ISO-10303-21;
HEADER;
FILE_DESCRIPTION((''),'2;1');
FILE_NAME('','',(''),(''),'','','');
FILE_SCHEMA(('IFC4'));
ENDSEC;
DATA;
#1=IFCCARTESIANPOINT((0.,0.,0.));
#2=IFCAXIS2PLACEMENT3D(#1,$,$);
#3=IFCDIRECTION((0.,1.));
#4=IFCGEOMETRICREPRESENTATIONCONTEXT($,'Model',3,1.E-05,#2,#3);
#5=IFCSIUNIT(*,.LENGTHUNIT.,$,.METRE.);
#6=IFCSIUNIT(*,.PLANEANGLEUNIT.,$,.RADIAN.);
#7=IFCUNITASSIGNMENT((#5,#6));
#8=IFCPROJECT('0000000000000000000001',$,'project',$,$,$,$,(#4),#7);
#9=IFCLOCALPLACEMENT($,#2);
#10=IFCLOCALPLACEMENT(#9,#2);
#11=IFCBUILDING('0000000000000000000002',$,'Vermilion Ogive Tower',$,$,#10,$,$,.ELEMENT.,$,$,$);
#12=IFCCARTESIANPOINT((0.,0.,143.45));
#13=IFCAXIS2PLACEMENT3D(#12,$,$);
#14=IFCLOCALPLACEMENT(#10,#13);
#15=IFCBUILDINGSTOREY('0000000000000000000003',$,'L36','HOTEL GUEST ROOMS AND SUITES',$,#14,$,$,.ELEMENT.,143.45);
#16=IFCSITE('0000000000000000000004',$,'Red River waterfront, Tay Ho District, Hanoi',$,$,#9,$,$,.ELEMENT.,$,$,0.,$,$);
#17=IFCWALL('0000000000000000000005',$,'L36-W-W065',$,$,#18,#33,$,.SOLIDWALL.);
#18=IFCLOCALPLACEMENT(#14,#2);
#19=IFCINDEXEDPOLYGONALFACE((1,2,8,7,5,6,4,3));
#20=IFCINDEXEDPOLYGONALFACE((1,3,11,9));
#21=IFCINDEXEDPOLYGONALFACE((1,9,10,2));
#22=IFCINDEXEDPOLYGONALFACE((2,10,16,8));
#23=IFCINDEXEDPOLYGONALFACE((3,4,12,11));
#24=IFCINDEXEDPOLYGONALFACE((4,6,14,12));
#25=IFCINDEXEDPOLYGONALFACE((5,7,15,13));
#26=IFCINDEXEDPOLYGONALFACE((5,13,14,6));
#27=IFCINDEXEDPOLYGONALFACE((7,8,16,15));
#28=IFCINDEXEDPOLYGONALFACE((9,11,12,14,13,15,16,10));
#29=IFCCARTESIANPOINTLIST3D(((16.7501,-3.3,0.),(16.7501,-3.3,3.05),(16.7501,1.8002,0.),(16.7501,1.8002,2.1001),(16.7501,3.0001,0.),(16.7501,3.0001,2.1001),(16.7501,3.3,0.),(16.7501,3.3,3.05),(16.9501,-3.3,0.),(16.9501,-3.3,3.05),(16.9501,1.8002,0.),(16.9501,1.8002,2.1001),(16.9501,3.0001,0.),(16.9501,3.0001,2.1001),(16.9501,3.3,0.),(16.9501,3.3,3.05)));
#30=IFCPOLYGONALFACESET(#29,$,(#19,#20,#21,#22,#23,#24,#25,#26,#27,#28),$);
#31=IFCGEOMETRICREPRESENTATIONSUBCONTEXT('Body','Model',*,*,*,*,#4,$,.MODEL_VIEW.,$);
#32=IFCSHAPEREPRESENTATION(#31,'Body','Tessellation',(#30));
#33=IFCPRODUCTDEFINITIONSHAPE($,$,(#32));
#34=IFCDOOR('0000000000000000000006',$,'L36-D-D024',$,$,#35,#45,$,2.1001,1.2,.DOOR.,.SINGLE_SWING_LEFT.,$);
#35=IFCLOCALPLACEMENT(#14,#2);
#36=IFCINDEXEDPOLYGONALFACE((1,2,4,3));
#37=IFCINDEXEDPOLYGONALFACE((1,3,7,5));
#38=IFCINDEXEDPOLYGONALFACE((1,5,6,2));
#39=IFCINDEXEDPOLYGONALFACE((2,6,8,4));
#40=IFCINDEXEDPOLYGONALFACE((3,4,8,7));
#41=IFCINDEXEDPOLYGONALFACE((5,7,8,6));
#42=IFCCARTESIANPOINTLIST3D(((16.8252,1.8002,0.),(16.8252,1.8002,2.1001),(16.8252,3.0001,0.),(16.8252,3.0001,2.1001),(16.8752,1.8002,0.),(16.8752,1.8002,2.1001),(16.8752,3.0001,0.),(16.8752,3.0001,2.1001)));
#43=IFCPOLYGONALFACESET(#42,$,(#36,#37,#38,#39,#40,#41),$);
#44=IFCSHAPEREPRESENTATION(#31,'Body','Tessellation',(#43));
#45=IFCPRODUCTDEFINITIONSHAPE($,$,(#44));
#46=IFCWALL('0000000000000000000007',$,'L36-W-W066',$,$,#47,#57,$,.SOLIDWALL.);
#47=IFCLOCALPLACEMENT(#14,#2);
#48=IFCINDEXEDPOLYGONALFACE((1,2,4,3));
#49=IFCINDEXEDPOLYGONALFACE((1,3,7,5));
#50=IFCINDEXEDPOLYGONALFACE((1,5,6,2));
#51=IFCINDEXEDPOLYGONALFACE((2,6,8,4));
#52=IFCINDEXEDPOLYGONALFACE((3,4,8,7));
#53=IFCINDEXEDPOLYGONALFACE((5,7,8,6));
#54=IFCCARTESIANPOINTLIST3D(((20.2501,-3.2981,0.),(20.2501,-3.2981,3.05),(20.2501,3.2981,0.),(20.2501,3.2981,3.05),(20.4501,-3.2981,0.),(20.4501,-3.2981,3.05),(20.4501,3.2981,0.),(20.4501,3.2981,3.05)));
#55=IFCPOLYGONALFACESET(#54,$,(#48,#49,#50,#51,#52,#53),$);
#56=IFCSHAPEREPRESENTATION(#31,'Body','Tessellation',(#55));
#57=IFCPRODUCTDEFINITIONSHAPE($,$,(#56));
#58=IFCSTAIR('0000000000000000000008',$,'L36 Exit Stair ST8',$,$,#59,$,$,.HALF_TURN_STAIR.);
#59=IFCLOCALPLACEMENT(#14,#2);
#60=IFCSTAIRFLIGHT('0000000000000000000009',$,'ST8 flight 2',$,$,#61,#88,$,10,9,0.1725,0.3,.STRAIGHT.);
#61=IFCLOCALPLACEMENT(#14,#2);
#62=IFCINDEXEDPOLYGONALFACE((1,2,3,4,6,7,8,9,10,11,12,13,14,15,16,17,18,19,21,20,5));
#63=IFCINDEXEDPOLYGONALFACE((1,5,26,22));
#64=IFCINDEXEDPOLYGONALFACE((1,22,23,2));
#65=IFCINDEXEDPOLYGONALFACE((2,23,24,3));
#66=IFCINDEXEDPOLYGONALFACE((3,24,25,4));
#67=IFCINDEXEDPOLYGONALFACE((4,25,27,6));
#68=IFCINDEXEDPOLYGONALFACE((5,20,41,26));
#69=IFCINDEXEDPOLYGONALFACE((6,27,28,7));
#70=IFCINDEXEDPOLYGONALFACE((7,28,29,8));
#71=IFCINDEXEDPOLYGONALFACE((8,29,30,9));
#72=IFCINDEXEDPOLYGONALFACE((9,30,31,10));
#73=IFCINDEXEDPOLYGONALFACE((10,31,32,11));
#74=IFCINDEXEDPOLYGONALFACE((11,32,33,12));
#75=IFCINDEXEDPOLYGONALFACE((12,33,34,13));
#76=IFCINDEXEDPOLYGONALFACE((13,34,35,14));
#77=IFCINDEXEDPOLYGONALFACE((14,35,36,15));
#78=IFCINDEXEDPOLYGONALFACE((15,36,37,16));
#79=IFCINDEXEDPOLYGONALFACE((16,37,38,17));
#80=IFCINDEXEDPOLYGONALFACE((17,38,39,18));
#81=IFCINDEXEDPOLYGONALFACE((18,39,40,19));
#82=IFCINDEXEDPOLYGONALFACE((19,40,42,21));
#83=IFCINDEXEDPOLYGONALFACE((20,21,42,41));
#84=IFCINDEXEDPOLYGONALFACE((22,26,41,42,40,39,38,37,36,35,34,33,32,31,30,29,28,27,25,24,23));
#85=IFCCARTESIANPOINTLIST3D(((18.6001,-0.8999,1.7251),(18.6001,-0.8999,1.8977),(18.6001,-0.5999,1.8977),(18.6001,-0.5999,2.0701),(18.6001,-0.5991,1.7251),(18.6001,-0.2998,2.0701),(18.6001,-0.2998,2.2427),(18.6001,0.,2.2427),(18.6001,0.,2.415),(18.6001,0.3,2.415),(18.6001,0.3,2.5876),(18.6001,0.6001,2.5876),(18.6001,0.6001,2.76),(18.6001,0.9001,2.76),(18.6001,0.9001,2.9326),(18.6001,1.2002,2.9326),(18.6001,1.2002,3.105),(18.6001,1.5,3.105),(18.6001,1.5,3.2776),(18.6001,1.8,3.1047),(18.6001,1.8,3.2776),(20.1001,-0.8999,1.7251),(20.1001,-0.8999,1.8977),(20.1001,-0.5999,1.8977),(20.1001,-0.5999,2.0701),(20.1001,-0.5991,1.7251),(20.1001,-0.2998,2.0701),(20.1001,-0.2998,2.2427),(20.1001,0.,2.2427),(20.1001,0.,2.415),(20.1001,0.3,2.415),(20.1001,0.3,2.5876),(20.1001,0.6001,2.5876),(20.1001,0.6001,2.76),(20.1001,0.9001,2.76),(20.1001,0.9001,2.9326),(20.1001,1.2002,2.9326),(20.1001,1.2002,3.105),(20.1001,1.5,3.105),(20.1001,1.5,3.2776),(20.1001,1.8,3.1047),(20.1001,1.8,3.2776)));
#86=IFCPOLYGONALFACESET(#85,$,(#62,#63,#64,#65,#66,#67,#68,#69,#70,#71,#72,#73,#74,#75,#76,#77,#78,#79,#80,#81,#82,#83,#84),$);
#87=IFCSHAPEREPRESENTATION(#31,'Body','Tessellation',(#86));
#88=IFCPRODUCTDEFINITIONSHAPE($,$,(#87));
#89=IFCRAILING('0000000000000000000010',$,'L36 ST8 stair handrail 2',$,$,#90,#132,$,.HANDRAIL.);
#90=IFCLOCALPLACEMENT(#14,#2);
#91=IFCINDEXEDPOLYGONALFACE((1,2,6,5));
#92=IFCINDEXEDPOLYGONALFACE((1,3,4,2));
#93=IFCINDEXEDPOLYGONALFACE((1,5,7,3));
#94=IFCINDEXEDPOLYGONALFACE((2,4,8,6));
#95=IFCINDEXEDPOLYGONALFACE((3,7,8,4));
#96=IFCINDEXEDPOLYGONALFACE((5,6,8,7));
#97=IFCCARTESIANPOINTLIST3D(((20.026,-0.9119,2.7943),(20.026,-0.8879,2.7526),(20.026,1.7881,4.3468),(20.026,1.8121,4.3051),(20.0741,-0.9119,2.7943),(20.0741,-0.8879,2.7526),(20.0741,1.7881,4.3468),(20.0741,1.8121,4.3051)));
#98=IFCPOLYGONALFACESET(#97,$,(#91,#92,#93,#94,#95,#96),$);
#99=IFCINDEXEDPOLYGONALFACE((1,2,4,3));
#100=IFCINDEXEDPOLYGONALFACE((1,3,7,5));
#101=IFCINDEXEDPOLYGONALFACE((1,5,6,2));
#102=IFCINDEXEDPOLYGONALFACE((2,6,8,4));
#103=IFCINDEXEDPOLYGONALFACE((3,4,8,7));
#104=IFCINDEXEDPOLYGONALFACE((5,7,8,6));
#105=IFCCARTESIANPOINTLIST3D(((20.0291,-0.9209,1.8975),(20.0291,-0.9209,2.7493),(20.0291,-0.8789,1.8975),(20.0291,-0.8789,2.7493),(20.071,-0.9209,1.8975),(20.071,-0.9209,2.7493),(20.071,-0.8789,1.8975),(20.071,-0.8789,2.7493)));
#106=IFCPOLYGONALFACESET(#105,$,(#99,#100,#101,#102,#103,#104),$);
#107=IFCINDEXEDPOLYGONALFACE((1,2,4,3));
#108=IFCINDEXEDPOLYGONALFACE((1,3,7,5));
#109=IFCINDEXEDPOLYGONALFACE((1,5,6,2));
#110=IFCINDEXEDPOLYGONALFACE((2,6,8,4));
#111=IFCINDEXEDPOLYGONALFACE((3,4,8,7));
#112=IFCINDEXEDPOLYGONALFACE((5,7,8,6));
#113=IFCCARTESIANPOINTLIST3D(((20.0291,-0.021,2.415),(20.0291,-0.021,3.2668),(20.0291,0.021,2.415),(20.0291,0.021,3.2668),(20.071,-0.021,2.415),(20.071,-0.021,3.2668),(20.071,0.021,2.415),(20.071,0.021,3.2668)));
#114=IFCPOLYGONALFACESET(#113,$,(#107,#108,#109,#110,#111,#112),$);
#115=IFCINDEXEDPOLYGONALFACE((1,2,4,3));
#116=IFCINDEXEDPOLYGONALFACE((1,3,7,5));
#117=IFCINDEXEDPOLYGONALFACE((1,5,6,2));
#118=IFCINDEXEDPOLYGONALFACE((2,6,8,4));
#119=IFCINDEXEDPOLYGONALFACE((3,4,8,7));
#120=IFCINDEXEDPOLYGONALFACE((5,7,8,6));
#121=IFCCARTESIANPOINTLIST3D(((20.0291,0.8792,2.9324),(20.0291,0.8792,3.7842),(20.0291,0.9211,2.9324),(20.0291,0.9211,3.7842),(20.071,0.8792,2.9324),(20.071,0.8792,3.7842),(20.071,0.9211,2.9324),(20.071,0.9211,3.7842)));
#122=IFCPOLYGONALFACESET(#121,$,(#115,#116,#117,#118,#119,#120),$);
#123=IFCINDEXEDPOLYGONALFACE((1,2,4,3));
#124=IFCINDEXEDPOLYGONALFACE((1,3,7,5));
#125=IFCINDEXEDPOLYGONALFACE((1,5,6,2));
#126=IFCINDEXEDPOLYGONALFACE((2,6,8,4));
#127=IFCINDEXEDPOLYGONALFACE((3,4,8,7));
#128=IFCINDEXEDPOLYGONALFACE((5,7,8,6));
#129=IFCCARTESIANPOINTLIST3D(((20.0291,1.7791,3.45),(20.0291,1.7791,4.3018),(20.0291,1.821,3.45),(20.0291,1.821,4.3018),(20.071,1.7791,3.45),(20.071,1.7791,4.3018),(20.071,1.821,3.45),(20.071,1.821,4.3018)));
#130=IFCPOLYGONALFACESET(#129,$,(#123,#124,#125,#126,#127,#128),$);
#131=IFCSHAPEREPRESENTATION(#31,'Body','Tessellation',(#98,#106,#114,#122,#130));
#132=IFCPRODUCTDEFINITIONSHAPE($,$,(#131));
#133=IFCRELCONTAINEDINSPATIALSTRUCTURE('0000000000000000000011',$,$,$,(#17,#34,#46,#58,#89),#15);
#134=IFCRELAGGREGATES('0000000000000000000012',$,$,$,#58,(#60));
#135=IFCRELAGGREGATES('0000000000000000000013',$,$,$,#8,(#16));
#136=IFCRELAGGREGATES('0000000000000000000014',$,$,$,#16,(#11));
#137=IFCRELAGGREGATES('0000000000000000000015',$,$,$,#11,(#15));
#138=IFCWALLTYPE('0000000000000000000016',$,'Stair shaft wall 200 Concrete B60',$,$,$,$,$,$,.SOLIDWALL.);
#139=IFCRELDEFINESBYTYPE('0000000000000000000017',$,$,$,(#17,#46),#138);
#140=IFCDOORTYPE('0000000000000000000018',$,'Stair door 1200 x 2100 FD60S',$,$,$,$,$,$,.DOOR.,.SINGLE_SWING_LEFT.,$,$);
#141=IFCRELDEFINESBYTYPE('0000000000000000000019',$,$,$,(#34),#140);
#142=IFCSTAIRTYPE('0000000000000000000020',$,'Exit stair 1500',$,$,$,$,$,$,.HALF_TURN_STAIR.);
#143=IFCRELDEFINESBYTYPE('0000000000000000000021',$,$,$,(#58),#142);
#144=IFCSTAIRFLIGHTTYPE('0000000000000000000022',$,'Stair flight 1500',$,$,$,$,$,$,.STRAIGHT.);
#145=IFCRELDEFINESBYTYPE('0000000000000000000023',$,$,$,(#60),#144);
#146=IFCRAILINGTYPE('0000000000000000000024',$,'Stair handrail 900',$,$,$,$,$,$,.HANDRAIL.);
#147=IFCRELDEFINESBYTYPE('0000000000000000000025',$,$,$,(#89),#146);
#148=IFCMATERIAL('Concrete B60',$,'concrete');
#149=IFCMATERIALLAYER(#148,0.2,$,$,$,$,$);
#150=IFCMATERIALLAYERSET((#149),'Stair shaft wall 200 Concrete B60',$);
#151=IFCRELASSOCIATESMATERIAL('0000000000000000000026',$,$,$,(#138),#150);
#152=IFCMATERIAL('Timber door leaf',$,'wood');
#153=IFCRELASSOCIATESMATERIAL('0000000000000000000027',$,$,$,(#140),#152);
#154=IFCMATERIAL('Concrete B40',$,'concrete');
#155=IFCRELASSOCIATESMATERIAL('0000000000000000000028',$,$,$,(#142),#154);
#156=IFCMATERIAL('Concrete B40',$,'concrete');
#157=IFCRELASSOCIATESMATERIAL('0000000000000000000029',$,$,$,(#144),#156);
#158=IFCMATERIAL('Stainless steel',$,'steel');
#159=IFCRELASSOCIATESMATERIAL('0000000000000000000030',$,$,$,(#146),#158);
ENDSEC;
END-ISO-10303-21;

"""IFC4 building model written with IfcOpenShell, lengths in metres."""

from ifc_helpers import new_model, si_unit, direction, frame, frame_2d, origin, origin_2d, place, context, subcontext, project, spatial, polyline, rectangle, outline, extrude, material, layer, layer_set, type_object, element, fill, aggregate, save


model = new_model("IFC4")

# Units and contexts
model_context = context("Model", 3, precision=1e-05, world=origin(), true_north=direction((0.0, 1.0)))
body_context = subcontext(model_context, "Body", "Model", "MODEL_VIEW")
ifc_project = project(units=[si_unit("LENGTHUNIT", "METRE"), si_unit("PLANEANGLEUNIT", "RADIAN")], contexts=[model_context])

# Site, building, storey
site_placement = place(None, origin())
site = spatial("IfcSite", under=ifc_project, at=site_placement, Name="Red River waterfront, Tay Ho District, Hanoi", CompositionType="ELEMENT", RefElevation=0.0)
building_placement = place(site_placement, origin())
building = spatial("IfcBuilding", under=site, at=building_placement, Name="Vermilion Ogive Tower", CompositionType="ELEMENT")
storey_placement = place(building_placement, frame((0.0, 0.0, 143.45)))
storey = spatial("IfcBuildingStorey", under=building, at=storey_placement, Name="L36", Description="HOTEL GUEST ROOMS AND SUITES", CompositionType="ELEMENT", Elevation=143.45)

# Shared definitions
ifc_material_1 = material(Name="Concrete B60", Category="concrete")
ifc_layer_1 = layer(ifc_material_1, 0.2)
ifc_layer_set_1 = layer_set([ifc_layer_1], Name="Stair shaft wall 200 Concrete B60")
wall_type_1 = type_object("IfcWallType", Name="Stair shaft wall 200 Concrete B60", PredefinedType="SOLIDWALL", material=ifc_layer_set_1)

# Wall, opening, door
wall_1_placement = place(storey_placement, frame((16.8501, -3.3, 0.0), z_axis=(0.0, 0.0, 1.0), x_axis=(0.0, 1.0, 0.0)))
wall_1 = element("IfcWall", 1, at=wall_1_placement, inside=storey, type_object=wall_type_1, Name="L36-W-W065", PredefinedType="SOLIDWALL", context=body_context, shape_type="SweptSolid", body=[
    extrude(rectangle(XDim=6.6001, YDim=0.2, at=frame_2d((3.3, 0.0))), origin(), (0.0, 0.0, 1.0), 3.05),
])
opening_1_placement = place(wall_1_placement, frame((5.1001, 0.0, 0.0)))
opening_1 = element("IfcOpeningElement", 2, at=opening_1_placement, cuts=wall_1, PredefinedType="OPENING", context=body_context, shape_type="SweptSolid", body=[
    extrude(rectangle(XDim=1.2, YDim=2.1001, at=frame_2d((0.6001, 1.05))), frame((0.0, 0.1099, 0.0), z_axis=(0.0, -1.0, 0.0), x_axis=(1.0, 0.0, 0.0)), (0.0, 0.0, 1.0), 0.22),
])
ifc_material_2 = material(Name="Timber door leaf", Category="wood")
door_type_1 = type_object("IfcDoorType", Name="Stair door 1200 x 2100 FD60S", OperationType="SINGLE_SWING_LEFT", PredefinedType="DOOR", material=ifc_material_2)
door_1_placement = place(opening_1_placement, origin())
door_1 = element("IfcDoor", 3, at=door_1_placement, inside=storey, type_object=door_type_1, Name="L36-D-D024", OperationType="SINGLE_SWING_LEFT", OverallHeight=2.1001, OverallWidth=1.2, PredefinedType="DOOR", context=body_context, shape_type="SweptSolid", body=[
    extrude(rectangle(XDim=1.2, YDim=2.1001, at=frame_2d((0.6001, 1.05))), frame((0.0, 0.0249, 0.0), z_axis=(0.0, -1.0, 0.0), x_axis=(1.0, 0.0, 0.0)), (0.0, 0.0, 1.0), 0.05),
])
fill(opening_1, door_1)

# Wall
wall_2_placement = place(storey_placement, frame((20.3501, -3.2981, 0.0), z_axis=(0.0, 0.0, 1.0), x_axis=(0.0, 1.0, 0.0)))
element("IfcWall", 4, at=wall_2_placement, inside=storey, type_object=wall_type_1, Name="L36-W-W066", PredefinedType="SOLIDWALL", context=body_context, shape_type="SweptSolid", body=[
    extrude(rectangle(XDim=6.5962, YDim=0.2, at=frame_2d((3.2981, 0.0))), origin(), (0.0, 0.0, 1.0), 3.05),
])

# Stair, stair flight
ifc_material_3 = material(Name="Concrete B40", Category="concrete")
stair_type = type_object("IfcStairType", Name="Exit stair 1500", PredefinedType="HALF_TURN_STAIR", material=ifc_material_3)
stair_placement = place(storey_placement, origin())
stair = element("IfcStair", 5, at=stair_placement, inside=storey, type_object=stair_type, Name="L36 Exit Stair ST8", PredefinedType="HALF_TURN_STAIR")
ifc_material_4 = material(Name="Concrete B40", Category="concrete")
stair_flight_type = type_object("IfcStairFlightType", Name="Stair flight 1500", PredefinedType="STRAIGHT", material=ifc_material_4)
stair_flight_placement = place(storey_placement, frame((19.3501, -0.8999, 1.7251), z_axis=(0.0, 0.0, 1.0), x_axis=(0.0, 1.0, 0.0)))
stair_flight = element("IfcStairFlight", 6, at=stair_flight_placement, type_object=stair_flight_type, Name="ST8 flight 2", NumberOfRisers=10, NumberOfTreads=9, PredefinedType="STRAIGHT", RiserHeight=0.1725, TreadLength=0.3, context=body_context, shape_type="SweptSolid", body=[
    extrude(outline(polyline([(0.0, 0.0), (0.0, 0.1726), (0.3, 0.1726), (0.3, 0.345), (0.6001, 0.345), (0.6001, 0.5176), (0.8999, 0.5176), (0.8999, 0.6899), (1.2, 0.6899), (1.2, 0.8625), (1.5, 0.8625), (1.5, 1.0349), (1.8, 1.0349), (1.8, 1.2075), (2.1001, 1.2075), (2.1001, 1.3799), (2.3999, 1.3799), (2.3999, 1.5525), (2.7, 1.5525), (2.7, 1.7251), (2.7, 1.3796), (0.3008, 0.0), (0.0, 0.0)])), frame((0.0, 0.75, 0.0), z_axis=(0.0, -1.0, 0.0), x_axis=(1.0, 0.0, 0.0)), (0.0, 0.0, 1.0), 1.5),
])
aggregate(stair, [stair_flight])

# Railing
ifc_material_5 = material(Name="Stainless steel", Category="steel")
railing_type = type_object("IfcRailingType", Name="Stair handrail 900", PredefinedType="HANDRAIL", material=ifc_material_5)
railing_placement = place(storey_placement, frame((20.05, -0.8999, 1.8975)))
element("IfcRailing", 7, at=railing_placement, inside=storey, type_object=railing_type, Name="L36 ST8 stair handrail 2", PredefinedType="HANDRAIL", context=body_context, shape_type="SweptSolid", body=[
    extrude(rectangle(XDim=0.0481, YDim=0.0481, at=origin_2d()), frame((0.0, 0.0, 0.876), z_axis=(0.0, 0.866904, 0.498476), x_axis=(-1.0, 0.0, 0.0)), (0.0, 0.0, 1.0), 3.1145),
    extrude(rectangle(XDim=0.042, YDim=0.042, at=origin_2d()), origin(), (0.0, 0.0, 1.0), 0.8518),
    extrude(rectangle(XDim=0.042, YDim=0.042, at=origin_2d()), frame((0.0, 0.8999, 0.5176)), (0.0, 0.0, 1.0), 0.8518),
    extrude(rectangle(XDim=0.042, YDim=0.042, at=origin_2d()), frame((0.0, 1.8, 1.0349)), (0.0, 0.0, 1.0), 0.8518),
    extrude(rectangle(XDim=0.042, YDim=0.042, at=origin_2d()), frame((0.0, 2.7, 1.5525)), (0.0, 0.0, 1.0), 0.8518),
])

save(model, "model.ifc")
